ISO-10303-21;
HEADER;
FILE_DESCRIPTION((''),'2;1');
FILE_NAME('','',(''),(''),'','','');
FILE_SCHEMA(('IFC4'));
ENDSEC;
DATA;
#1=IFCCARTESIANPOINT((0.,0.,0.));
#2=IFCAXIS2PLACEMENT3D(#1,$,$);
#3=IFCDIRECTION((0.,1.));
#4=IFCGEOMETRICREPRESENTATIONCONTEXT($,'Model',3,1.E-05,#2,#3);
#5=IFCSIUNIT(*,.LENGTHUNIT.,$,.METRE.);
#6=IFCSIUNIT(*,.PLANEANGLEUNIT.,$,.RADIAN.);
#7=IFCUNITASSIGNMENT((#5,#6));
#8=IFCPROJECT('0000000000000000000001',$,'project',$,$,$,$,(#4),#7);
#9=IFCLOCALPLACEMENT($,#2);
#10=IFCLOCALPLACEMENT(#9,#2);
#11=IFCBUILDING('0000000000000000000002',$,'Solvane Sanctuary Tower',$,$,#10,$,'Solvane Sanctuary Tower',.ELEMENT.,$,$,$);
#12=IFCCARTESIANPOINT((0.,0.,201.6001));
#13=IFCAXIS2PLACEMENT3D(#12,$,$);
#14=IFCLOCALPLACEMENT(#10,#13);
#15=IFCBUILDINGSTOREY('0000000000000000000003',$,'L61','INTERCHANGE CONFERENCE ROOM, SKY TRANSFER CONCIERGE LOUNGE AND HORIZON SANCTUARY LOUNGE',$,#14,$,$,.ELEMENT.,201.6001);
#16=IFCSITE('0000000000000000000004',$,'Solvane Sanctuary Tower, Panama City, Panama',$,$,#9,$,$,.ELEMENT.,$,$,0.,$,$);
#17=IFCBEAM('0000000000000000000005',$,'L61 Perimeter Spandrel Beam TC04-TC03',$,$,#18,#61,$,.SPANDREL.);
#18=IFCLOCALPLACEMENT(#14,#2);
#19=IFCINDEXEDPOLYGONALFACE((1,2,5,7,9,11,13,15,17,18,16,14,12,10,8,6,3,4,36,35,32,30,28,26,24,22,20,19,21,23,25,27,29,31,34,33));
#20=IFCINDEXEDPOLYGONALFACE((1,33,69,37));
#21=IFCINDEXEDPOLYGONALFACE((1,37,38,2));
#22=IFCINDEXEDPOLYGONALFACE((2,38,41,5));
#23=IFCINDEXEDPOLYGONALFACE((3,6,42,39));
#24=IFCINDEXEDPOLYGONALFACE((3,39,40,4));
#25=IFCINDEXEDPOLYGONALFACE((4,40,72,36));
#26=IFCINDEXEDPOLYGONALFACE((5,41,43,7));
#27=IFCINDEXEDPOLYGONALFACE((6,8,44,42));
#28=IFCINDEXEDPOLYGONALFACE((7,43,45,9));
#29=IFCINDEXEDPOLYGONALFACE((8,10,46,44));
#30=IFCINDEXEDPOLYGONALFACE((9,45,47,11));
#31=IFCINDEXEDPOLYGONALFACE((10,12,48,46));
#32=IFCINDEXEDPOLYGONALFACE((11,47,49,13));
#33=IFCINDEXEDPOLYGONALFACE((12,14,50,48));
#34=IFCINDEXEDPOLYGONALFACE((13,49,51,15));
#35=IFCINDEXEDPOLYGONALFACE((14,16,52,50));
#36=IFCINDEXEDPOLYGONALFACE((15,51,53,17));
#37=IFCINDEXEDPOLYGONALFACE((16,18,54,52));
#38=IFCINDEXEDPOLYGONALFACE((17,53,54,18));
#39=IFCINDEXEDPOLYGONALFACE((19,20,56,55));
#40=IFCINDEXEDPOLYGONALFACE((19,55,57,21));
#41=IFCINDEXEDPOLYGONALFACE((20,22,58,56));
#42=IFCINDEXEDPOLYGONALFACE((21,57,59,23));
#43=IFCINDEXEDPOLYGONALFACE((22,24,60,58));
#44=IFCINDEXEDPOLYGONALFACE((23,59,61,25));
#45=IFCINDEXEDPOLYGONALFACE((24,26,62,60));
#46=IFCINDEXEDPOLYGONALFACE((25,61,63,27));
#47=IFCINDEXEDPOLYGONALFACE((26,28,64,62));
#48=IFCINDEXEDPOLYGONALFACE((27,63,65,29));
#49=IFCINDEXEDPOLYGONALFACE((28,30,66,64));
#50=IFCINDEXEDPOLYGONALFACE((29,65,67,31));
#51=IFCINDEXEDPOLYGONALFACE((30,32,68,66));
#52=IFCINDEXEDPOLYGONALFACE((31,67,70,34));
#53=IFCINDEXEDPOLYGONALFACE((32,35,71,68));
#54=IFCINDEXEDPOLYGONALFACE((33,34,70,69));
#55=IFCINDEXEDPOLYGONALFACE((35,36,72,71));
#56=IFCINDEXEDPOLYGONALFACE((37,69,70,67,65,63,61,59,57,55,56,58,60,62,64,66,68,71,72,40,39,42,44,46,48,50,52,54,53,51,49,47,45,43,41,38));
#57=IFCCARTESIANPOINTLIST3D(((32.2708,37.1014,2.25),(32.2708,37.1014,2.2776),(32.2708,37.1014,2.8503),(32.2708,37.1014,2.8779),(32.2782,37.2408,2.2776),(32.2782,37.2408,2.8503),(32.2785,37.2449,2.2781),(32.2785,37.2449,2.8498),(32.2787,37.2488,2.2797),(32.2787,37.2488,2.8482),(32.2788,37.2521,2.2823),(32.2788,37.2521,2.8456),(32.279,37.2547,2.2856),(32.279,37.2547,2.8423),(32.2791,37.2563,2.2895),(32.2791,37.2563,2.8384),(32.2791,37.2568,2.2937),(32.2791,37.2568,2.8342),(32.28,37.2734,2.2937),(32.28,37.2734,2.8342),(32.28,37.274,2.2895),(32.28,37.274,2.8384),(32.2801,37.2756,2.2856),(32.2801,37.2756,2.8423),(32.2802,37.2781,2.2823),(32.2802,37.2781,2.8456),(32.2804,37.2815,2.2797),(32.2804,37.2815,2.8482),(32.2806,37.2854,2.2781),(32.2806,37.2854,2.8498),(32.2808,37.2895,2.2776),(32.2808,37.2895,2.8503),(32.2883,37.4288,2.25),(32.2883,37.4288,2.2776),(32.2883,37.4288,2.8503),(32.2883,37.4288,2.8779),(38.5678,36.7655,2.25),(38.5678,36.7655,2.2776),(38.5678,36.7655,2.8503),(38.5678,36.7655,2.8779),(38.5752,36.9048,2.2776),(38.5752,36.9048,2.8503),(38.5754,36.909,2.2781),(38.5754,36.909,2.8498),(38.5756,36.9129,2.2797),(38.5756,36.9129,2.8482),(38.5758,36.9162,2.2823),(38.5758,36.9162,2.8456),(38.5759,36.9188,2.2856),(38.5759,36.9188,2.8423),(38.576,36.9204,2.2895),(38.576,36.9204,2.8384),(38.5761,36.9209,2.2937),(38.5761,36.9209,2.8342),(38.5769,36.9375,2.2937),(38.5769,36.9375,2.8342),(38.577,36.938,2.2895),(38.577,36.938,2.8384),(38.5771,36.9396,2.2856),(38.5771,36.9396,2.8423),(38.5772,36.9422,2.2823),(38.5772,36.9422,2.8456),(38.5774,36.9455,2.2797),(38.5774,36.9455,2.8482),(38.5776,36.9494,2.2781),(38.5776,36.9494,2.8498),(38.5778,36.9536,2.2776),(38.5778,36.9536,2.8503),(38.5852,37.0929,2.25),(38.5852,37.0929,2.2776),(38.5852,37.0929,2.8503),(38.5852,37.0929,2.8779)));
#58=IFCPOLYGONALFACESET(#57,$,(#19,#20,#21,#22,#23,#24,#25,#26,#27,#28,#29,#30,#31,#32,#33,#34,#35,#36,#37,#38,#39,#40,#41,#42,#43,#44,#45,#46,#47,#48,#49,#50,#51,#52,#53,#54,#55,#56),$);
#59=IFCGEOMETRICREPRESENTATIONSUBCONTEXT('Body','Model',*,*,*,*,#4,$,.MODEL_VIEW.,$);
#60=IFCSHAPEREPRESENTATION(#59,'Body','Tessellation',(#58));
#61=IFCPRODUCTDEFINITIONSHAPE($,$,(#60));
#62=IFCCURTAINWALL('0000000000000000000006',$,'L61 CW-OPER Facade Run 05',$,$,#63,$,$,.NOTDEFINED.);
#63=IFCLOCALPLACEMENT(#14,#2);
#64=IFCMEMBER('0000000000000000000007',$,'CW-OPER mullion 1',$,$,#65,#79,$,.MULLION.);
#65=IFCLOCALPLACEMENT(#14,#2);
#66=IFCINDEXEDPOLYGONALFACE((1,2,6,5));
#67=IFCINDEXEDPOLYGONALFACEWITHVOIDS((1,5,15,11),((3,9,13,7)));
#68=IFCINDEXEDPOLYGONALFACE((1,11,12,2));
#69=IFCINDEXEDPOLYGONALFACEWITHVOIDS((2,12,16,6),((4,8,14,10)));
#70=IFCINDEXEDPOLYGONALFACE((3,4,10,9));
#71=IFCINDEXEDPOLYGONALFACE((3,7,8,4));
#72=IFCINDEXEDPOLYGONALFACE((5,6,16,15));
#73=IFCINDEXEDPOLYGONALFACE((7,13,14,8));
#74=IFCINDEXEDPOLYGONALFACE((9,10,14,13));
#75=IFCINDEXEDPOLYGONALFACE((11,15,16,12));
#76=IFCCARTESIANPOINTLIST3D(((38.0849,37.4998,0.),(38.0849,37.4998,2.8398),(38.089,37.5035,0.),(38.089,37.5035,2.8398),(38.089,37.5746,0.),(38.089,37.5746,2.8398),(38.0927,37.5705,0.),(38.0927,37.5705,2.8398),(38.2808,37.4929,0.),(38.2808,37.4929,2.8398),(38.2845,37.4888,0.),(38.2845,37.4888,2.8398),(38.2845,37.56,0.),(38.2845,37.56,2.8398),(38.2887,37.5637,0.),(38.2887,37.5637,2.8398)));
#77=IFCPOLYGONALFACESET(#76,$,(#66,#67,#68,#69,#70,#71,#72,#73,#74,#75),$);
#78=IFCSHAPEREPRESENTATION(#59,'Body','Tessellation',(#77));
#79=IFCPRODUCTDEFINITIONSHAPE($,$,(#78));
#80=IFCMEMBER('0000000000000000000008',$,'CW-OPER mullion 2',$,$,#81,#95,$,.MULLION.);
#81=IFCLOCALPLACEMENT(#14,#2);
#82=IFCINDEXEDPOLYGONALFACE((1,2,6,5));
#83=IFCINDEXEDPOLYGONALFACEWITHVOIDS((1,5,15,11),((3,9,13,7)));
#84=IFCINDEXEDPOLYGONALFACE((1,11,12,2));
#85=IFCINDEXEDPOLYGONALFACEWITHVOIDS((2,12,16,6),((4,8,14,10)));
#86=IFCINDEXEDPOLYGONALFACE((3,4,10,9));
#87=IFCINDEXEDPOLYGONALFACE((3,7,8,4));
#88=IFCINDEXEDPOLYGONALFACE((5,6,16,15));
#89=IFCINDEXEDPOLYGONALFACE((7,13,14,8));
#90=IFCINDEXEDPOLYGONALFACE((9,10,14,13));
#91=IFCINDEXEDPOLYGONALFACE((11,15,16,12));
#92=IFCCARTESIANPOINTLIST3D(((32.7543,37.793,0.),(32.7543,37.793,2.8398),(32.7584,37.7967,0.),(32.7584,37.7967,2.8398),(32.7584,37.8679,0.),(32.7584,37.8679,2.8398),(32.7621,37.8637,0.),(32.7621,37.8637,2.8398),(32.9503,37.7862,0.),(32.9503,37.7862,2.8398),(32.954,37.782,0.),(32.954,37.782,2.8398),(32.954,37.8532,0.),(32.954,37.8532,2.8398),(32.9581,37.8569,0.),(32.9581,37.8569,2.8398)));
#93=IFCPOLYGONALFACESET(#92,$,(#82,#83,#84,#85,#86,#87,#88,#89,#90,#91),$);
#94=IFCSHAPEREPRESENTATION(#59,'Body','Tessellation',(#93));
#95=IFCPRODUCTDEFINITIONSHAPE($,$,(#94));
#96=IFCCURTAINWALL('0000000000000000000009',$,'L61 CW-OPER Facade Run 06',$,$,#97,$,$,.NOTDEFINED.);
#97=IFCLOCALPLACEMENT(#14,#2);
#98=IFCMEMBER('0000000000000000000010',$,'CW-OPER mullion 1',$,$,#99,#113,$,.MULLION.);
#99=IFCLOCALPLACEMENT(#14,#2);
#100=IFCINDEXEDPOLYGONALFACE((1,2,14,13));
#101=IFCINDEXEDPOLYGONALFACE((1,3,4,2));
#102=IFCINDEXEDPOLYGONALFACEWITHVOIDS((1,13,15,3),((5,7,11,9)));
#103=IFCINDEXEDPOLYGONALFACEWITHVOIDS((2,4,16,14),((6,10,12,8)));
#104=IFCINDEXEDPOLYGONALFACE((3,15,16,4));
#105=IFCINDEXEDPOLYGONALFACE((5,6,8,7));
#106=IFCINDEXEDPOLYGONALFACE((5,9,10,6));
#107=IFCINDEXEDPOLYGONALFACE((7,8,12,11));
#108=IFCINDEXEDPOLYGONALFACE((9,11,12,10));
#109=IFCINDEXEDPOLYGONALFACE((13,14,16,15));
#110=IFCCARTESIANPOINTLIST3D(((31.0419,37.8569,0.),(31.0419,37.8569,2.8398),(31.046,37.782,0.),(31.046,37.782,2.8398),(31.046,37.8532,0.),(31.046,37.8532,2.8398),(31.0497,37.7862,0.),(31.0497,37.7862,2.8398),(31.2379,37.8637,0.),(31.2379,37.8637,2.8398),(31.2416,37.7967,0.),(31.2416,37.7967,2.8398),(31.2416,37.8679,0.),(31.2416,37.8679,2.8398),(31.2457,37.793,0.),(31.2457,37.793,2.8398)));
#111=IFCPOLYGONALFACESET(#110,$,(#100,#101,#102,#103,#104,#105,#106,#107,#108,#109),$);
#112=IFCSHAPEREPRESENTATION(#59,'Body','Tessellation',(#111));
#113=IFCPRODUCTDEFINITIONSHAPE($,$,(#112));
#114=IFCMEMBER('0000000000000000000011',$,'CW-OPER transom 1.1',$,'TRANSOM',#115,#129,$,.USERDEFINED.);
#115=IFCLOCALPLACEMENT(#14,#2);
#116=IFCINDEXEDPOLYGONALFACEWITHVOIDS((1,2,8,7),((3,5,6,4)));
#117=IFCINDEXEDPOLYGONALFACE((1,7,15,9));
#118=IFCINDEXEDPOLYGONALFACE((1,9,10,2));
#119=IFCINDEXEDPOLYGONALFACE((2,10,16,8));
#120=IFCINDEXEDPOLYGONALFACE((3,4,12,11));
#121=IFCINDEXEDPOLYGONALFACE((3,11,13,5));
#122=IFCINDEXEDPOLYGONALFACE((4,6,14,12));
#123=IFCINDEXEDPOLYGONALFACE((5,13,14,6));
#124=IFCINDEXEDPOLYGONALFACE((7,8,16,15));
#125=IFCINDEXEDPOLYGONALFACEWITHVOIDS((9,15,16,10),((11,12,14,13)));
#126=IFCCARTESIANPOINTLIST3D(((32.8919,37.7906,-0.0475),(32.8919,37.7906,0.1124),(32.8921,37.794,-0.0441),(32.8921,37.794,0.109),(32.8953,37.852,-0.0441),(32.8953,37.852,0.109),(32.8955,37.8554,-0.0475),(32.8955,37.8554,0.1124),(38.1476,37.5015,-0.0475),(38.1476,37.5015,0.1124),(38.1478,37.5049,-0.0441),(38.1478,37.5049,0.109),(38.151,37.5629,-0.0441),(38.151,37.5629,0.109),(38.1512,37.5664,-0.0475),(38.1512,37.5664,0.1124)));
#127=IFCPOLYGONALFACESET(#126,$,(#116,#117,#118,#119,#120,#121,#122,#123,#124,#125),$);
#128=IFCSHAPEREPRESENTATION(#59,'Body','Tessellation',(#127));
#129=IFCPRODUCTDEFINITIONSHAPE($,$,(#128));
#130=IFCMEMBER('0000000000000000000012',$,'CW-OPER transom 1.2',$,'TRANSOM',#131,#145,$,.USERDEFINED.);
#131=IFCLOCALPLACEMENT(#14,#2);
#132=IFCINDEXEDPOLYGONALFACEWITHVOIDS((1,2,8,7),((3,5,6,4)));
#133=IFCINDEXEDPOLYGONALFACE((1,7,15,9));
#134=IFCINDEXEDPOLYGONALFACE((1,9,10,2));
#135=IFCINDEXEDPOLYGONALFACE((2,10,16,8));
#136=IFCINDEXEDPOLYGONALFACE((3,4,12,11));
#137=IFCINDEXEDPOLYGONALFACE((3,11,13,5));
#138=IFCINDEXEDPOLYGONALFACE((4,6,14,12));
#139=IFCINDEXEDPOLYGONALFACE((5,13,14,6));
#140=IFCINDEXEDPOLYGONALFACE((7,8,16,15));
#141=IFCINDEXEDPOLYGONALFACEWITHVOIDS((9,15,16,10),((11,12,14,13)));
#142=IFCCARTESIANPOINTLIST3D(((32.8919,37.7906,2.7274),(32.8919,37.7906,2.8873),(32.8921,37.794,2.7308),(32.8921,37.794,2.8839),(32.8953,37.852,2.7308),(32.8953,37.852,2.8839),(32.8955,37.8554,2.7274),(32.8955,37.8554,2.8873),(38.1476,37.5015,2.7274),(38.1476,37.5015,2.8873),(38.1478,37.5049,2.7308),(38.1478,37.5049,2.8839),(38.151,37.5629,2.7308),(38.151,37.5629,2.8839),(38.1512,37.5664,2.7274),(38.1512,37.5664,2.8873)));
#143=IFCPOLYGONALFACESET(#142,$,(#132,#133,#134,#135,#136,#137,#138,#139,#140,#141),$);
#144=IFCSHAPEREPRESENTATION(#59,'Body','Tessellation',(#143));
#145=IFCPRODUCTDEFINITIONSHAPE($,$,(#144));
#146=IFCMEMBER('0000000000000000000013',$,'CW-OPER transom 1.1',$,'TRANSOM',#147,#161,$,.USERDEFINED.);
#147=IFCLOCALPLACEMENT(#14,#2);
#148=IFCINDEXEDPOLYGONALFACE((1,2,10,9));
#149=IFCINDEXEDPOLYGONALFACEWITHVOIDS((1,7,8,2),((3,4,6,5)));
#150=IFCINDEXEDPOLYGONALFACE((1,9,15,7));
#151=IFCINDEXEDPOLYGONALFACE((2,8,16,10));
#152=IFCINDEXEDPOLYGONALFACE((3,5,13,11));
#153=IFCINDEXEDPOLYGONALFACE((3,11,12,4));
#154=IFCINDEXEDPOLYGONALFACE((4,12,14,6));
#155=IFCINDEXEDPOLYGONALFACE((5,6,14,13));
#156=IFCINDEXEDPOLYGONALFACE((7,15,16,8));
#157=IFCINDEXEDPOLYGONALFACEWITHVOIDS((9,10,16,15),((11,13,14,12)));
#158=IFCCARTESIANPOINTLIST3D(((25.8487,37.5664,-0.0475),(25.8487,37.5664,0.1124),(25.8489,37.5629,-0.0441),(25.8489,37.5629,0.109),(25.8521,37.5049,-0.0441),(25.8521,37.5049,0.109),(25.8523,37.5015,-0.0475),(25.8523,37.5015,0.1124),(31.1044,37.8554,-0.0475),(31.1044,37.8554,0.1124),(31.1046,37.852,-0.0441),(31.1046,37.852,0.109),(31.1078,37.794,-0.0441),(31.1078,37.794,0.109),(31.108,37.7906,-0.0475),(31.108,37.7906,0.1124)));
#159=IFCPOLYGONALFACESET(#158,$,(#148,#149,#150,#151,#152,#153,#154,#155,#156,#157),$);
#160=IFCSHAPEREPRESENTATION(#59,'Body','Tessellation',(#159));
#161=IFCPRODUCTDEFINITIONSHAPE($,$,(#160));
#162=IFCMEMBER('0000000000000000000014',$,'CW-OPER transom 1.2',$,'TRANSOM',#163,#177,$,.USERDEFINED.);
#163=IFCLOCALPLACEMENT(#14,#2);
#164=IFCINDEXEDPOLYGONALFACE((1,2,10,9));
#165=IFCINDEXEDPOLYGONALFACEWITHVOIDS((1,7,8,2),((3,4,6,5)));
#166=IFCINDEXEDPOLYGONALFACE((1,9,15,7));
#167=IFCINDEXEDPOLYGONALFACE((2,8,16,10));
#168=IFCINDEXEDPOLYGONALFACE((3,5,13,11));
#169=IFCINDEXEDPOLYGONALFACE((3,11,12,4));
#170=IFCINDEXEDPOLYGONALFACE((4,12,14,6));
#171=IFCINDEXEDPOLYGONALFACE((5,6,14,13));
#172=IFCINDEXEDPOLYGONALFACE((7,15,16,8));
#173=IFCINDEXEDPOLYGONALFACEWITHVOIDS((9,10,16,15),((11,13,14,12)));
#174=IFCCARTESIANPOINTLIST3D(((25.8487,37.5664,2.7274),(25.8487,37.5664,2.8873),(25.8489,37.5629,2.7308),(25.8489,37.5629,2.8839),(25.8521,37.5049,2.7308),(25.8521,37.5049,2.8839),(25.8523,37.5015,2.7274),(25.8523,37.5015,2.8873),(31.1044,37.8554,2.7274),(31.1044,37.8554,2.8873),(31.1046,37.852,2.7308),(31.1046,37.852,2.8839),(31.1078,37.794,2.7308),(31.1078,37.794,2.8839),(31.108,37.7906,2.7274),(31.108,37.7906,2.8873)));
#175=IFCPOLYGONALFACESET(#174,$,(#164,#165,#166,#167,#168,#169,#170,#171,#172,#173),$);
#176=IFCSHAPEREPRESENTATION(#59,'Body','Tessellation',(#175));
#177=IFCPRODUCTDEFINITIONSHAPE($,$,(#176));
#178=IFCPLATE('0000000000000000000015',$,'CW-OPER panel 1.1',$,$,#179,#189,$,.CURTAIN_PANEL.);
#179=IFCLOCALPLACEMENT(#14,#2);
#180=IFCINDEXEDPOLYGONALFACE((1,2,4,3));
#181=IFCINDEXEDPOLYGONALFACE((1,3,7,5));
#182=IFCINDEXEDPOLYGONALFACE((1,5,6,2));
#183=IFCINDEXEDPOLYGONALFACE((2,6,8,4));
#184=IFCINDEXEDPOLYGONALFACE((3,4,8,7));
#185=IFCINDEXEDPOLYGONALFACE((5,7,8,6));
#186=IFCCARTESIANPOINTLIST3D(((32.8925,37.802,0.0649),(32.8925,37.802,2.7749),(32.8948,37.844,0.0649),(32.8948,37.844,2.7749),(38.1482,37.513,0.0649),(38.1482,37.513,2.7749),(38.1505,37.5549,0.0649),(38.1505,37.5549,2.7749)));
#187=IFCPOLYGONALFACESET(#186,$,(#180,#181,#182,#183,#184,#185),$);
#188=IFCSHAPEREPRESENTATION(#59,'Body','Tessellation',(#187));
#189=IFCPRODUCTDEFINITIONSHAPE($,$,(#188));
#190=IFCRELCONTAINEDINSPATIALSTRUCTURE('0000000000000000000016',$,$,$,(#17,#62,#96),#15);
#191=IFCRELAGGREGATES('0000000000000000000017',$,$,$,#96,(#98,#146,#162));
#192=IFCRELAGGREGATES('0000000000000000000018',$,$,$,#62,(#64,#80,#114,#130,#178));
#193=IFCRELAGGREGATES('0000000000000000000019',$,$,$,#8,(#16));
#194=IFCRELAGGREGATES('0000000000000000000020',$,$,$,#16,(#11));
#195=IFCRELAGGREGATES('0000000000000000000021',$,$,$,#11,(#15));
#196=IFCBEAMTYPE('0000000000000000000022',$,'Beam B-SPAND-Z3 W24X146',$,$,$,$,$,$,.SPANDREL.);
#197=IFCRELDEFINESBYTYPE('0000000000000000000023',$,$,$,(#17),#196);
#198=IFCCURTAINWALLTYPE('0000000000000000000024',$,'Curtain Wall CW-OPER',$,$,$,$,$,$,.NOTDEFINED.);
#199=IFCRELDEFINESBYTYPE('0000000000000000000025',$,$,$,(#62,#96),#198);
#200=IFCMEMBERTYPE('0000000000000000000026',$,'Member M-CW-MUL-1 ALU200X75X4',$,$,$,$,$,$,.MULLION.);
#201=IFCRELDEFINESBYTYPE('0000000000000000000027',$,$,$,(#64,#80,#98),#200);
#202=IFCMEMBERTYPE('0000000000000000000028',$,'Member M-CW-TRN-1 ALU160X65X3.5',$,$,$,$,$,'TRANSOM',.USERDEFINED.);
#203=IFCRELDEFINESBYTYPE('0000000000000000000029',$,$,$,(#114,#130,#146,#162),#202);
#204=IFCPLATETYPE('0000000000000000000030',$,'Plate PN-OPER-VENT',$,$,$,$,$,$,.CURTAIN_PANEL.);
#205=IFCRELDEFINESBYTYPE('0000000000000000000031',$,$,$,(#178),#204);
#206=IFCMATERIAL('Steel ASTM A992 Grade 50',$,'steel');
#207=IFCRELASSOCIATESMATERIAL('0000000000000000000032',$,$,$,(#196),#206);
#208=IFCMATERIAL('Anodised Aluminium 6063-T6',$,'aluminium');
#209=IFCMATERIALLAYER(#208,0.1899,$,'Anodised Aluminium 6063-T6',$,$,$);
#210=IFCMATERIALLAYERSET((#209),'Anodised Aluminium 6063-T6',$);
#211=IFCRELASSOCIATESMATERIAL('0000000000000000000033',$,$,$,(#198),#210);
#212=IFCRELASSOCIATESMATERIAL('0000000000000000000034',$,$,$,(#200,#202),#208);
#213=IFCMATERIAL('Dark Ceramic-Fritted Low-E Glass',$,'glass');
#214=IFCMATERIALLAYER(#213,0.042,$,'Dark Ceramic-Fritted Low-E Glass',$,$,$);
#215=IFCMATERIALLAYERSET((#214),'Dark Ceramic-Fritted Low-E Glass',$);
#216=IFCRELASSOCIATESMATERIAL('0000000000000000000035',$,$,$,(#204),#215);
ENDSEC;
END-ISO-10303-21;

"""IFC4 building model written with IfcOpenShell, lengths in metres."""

from ifc_helpers import new_model, si_unit, direction, frame, origin, origin_2d, place, context, subcontext, project, spatial, rectangle, hollow_rectangle, i_section, extrude, material, layer, layer_set, material_profile, profile_set, type_object, element, aggregate, save


model = new_model("IFC4")

# Units and contexts
model_context = context("Model", 3, precision=1e-05, world=origin(), true_north=direction((0.0, 1.0)))
body_context = subcontext(model_context, "Body", "Model", "MODEL_VIEW")
ifc_project = project(units=[si_unit("LENGTHUNIT", "METRE"), si_unit("PLANEANGLEUNIT", "RADIAN")], contexts=[model_context])

# Site, building, storey
site_placement = place(None, origin())
site = spatial("IfcSite", under=ifc_project, at=site_placement, Name="Solvane Sanctuary Tower, Panama City, Panama", CompositionType="ELEMENT", RefElevation=0.0)
building_placement = place(site_placement, origin())
building = spatial("IfcBuilding", under=site, at=building_placement, Name="Solvane Sanctuary Tower", LongName="Solvane Sanctuary Tower", CompositionType="ELEMENT")
storey_placement = place(building_placement, frame((0.0, 0.0, 201.6001)))
storey = spatial("IfcBuildingStorey", under=building, at=storey_placement, Name="L61", Description="INTERCHANGE CONFERENCE ROOM, SKY TRANSFER CONCIERGE LOUNGE AND HORIZON SANCTUARY LOUNGE", CompositionType="ELEMENT", Elevation=201.6001)

# Beam
ifc_material_1 = material(Name="Steel ASTM A992 Grade 50", Category="steel")
ifc_material_profile_1 = material_profile(ifc_material_1, i_section(OverallWidth=0.3279, OverallDepth=0.6279, WebThickness=0.0166, FlangeThickness=0.0276, FilletRadius=0.0161, at=origin_2d()), Name="W24X146")
ifc_profile_set_1 = profile_set([ifc_material_profile_1], Name="Steel ASTM A992 Grade 50")
beam_type_1 = type_object("IfcBeamType", Name="Beam B-SPAND-Z3 W24X146", PredefinedType="SPANDREL", material=ifc_profile_set_1)
beam_1_placement = place(storey_placement, frame((32.2795, 37.2651, 2.564), z_axis=(0.99858, -0.053274, 0.0), x_axis=(0.053274, 0.99858, 0.0)))
element("IfcBeam", 1, at=beam_1_placement, inside=storey, type_object=beam_type_1, Name="L61 Perimeter Spandrel Beam TC04-TC03", PredefinedType="SPANDREL", context=body_context, shape_type="SweptSolid", body=[
    extrude(i_section(OverallWidth=0.3279, OverallDepth=0.6279, WebThickness=0.0166, FlangeThickness=0.0276, FilletRadius=0.0161, at=origin_2d()), origin(), (0.0, 0.0, 1.0), 6.3059),
])

# Curtain wall, members
ifc_material_2 = material(Name="Anodised Aluminium 6063-T6", Category="aluminium")
ifc_layer_1 = layer(ifc_material_2, 0.1899, Name="Anodised Aluminium 6063-T6")
ifc_layer_set_1 = layer_set([ifc_layer_1], Name="Anodised Aluminium 6063-T6")
curtain_wall_type = type_object("IfcCurtainWallType", Name="Curtain Wall CW-OPER", PredefinedType="NOTDEFINED", material=ifc_layer_set_1)
curtain_wall_1_placement = place(storey_placement, origin())
curtain_wall_1 = element("IfcCurtainWall", 2, at=curtain_wall_1_placement, inside=storey, type_object=curtain_wall_type, Name="L61 CW-OPER Facade Run 05", PredefinedType="NOTDEFINED")
ifc_material_profile_2 = material_profile(ifc_material_2, hollow_rectangle(XDim=0.075, YDim=0.2, WallThickness=0.0039, at=origin_2d()), Name="ALU200X75X4")
ifc_profile_set_2 = profile_set([ifc_material_profile_2], Name="Anodised Aluminium 6063-T6")
member_type_1 = type_object("IfcMemberType", Name="Member M-CW-MUL-1 ALU200X75X4", PredefinedType="MULLION", material=ifc_profile_set_2)
member_1_placement = place(storey_placement, frame((38.1868, 37.5317, 0.0), z_axis=(0.0, 0.0, 1.0), x_axis=(-0.054918, -0.998491, 0.0)))
member_1 = element("IfcMember", 3, at=member_1_placement, type_object=member_type_1, Name="CW-OPER mullion 1", PredefinedType="MULLION", context=body_context, shape_type="SweptSolid", body=[
    extrude(hollow_rectangle(XDim=0.075, YDim=0.2, WallThickness=0.0039, at=origin_2d()), origin(), (0.0, 0.0, 1.0), 2.8398),
])
member_2_placement = place(storey_placement, frame((32.8562, 37.825, 0.0), z_axis=(0.0, 0.0, 1.0), x_axis=(-0.054918, -0.998491, 0.0)))
member_2 = element("IfcMember", 4, at=member_2_placement, type_object=member_type_1, Name="CW-OPER mullion 2", PredefinedType="MULLION", context=body_context, shape_type="SweptSolid", body=[
    extrude(hollow_rectangle(XDim=0.075, YDim=0.2, WallThickness=0.0039, at=origin_2d()), origin(), (0.0, 0.0, 1.0), 2.8398),
])

# Curtain wall, member
curtain_wall_2_placement = place(storey_placement, origin())
curtain_wall_2 = element("IfcCurtainWall", 5, at=curtain_wall_2_placement, inside=storey, type_object=curtain_wall_type, Name="L61 CW-OPER Facade Run 06", PredefinedType="NOTDEFINED")
member_3_placement = place(storey_placement, frame((31.1438, 37.825, 0.0), z_axis=(0.0, 0.0, 1.0), x_axis=(0.054918, -0.998491, 0.0)))
member_3 = element("IfcMember", 6, at=member_3_placement, type_object=member_type_1, Name="CW-OPER mullion 1", PredefinedType="MULLION", context=body_context, shape_type="SweptSolid", body=[
    extrude(hollow_rectangle(XDim=0.075, YDim=0.2, WallThickness=0.0039, at=origin_2d()), origin(), (0.0, 0.0, 1.0), 2.8398),
])

# Members
ifc_material_profile_3 = material_profile(ifc_material_2, hollow_rectangle(XDim=0.0649, YDim=0.1599, WallThickness=0.0034, at=origin_2d()), Name="ALU160X65X3.5")
ifc_profile_set_3 = profile_set([ifc_material_profile_3], Name="Anodised Aluminium 6063-T6")
member_type_2 = type_object("IfcMemberType", Name="Member M-CW-TRN-1 ALU160X65X3.5", ElementType="TRANSOM", PredefinedType="USERDEFINED", material=ifc_profile_set_3)
member_4_placement = place(storey_placement, frame((38.1494, 37.5339, 0.0325), z_axis=(-0.998491, 0.054918, 0.0), x_axis=(-0.054918, -0.998491, 0.0)))
member_4 = element("IfcMember", 7, at=member_4_placement, type_object=member_type_2, Name="CW-OPER transom 1.1", ObjectType="TRANSOM", PredefinedType="USERDEFINED", context=body_context, shape_type="SweptSolid", body=[
    extrude(hollow_rectangle(XDim=0.0649, YDim=0.1599, WallThickness=0.0034, at=origin_2d()), origin(), (0.0, 0.0, 1.0), 5.2637),
])
member_5_placement = place(storey_placement, frame((38.1494, 37.5339, 2.8074), z_axis=(-0.998491, 0.054918, 0.0), x_axis=(-0.054918, -0.998491, 0.0)))
member_5 = element("IfcMember", 8, at=member_5_placement, type_object=member_type_2, Name="CW-OPER transom 1.2", ObjectType="TRANSOM", PredefinedType="USERDEFINED", context=body_context, shape_type="SweptSolid", body=[
    extrude(hollow_rectangle(XDim=0.0649, YDim=0.1599, WallThickness=0.0034, at=origin_2d()), origin(), (0.0, 0.0, 1.0), 5.2637),
])
member_6_placement = place(storey_placement, frame((31.1062, 37.823, 0.0325), z_axis=(-0.998491, -0.054918, 0.0), x_axis=(0.054918, -0.998491, 0.0)))
member_6 = element("IfcMember", 9, at=member_6_placement, type_object=member_type_2, Name="CW-OPER transom 1.1", ObjectType="TRANSOM", PredefinedType="USERDEFINED", context=body_context, shape_type="SweptSolid", body=[
    extrude(hollow_rectangle(XDim=0.0649, YDim=0.1599, WallThickness=0.0034, at=origin_2d()), origin(), (0.0, 0.0, 1.0), 5.2637),
])
member_7_placement = place(storey_placement, frame((31.1062, 37.823, 2.8074), z_axis=(-0.998491, -0.054918, 0.0), x_axis=(0.054918, -0.998491, 0.0)))
member_7 = element("IfcMember", 10, at=member_7_placement, type_object=member_type_2, Name="CW-OPER transom 1.2", ObjectType="TRANSOM", PredefinedType="USERDEFINED", context=body_context, shape_type="SweptSolid", body=[
    extrude(hollow_rectangle(XDim=0.0649, YDim=0.1599, WallThickness=0.0034, at=origin_2d()), origin(), (0.0, 0.0, 1.0), 5.2637),
])
aggregate(curtain_wall_2, [member_3, member_6, member_7])

# Plate
ifc_material_3 = material(Name="Dark Ceramic-Fritted Low-E Glass", Category="glass")
ifc_layer_2 = layer(ifc_material_3, 0.042, Name="Dark Ceramic-Fritted Low-E Glass")
ifc_layer_set_2 = layer_set([ifc_layer_2], Name="Dark Ceramic-Fritted Low-E Glass")
plate_type = type_object("IfcPlateType", Name="Plate PN-OPER-VENT", PredefinedType="CURTAIN_PANEL", material=ifc_layer_set_2)
plate_placement = place(storey_placement, frame((35.5215, 37.6785, 0.0649), z_axis=(0.0, 0.0, 1.0), x_axis=(-0.998491, 0.054918, 0.0)))
plate = element("IfcPlate", 11, at=plate_placement, type_object=plate_type, Name="CW-OPER panel 1.1", PredefinedType="CURTAIN_PANEL", context=body_context, shape_type="SweptSolid", body=[
    extrude(rectangle(XDim=5.2637, YDim=0.042, at=origin_2d()), origin(), (0.0, 0.0, 1.0), 2.71),
])
aggregate(curtain_wall_1, [member_1, member_2, member_4, member_5, plate])

save(model, "model.ifc")
